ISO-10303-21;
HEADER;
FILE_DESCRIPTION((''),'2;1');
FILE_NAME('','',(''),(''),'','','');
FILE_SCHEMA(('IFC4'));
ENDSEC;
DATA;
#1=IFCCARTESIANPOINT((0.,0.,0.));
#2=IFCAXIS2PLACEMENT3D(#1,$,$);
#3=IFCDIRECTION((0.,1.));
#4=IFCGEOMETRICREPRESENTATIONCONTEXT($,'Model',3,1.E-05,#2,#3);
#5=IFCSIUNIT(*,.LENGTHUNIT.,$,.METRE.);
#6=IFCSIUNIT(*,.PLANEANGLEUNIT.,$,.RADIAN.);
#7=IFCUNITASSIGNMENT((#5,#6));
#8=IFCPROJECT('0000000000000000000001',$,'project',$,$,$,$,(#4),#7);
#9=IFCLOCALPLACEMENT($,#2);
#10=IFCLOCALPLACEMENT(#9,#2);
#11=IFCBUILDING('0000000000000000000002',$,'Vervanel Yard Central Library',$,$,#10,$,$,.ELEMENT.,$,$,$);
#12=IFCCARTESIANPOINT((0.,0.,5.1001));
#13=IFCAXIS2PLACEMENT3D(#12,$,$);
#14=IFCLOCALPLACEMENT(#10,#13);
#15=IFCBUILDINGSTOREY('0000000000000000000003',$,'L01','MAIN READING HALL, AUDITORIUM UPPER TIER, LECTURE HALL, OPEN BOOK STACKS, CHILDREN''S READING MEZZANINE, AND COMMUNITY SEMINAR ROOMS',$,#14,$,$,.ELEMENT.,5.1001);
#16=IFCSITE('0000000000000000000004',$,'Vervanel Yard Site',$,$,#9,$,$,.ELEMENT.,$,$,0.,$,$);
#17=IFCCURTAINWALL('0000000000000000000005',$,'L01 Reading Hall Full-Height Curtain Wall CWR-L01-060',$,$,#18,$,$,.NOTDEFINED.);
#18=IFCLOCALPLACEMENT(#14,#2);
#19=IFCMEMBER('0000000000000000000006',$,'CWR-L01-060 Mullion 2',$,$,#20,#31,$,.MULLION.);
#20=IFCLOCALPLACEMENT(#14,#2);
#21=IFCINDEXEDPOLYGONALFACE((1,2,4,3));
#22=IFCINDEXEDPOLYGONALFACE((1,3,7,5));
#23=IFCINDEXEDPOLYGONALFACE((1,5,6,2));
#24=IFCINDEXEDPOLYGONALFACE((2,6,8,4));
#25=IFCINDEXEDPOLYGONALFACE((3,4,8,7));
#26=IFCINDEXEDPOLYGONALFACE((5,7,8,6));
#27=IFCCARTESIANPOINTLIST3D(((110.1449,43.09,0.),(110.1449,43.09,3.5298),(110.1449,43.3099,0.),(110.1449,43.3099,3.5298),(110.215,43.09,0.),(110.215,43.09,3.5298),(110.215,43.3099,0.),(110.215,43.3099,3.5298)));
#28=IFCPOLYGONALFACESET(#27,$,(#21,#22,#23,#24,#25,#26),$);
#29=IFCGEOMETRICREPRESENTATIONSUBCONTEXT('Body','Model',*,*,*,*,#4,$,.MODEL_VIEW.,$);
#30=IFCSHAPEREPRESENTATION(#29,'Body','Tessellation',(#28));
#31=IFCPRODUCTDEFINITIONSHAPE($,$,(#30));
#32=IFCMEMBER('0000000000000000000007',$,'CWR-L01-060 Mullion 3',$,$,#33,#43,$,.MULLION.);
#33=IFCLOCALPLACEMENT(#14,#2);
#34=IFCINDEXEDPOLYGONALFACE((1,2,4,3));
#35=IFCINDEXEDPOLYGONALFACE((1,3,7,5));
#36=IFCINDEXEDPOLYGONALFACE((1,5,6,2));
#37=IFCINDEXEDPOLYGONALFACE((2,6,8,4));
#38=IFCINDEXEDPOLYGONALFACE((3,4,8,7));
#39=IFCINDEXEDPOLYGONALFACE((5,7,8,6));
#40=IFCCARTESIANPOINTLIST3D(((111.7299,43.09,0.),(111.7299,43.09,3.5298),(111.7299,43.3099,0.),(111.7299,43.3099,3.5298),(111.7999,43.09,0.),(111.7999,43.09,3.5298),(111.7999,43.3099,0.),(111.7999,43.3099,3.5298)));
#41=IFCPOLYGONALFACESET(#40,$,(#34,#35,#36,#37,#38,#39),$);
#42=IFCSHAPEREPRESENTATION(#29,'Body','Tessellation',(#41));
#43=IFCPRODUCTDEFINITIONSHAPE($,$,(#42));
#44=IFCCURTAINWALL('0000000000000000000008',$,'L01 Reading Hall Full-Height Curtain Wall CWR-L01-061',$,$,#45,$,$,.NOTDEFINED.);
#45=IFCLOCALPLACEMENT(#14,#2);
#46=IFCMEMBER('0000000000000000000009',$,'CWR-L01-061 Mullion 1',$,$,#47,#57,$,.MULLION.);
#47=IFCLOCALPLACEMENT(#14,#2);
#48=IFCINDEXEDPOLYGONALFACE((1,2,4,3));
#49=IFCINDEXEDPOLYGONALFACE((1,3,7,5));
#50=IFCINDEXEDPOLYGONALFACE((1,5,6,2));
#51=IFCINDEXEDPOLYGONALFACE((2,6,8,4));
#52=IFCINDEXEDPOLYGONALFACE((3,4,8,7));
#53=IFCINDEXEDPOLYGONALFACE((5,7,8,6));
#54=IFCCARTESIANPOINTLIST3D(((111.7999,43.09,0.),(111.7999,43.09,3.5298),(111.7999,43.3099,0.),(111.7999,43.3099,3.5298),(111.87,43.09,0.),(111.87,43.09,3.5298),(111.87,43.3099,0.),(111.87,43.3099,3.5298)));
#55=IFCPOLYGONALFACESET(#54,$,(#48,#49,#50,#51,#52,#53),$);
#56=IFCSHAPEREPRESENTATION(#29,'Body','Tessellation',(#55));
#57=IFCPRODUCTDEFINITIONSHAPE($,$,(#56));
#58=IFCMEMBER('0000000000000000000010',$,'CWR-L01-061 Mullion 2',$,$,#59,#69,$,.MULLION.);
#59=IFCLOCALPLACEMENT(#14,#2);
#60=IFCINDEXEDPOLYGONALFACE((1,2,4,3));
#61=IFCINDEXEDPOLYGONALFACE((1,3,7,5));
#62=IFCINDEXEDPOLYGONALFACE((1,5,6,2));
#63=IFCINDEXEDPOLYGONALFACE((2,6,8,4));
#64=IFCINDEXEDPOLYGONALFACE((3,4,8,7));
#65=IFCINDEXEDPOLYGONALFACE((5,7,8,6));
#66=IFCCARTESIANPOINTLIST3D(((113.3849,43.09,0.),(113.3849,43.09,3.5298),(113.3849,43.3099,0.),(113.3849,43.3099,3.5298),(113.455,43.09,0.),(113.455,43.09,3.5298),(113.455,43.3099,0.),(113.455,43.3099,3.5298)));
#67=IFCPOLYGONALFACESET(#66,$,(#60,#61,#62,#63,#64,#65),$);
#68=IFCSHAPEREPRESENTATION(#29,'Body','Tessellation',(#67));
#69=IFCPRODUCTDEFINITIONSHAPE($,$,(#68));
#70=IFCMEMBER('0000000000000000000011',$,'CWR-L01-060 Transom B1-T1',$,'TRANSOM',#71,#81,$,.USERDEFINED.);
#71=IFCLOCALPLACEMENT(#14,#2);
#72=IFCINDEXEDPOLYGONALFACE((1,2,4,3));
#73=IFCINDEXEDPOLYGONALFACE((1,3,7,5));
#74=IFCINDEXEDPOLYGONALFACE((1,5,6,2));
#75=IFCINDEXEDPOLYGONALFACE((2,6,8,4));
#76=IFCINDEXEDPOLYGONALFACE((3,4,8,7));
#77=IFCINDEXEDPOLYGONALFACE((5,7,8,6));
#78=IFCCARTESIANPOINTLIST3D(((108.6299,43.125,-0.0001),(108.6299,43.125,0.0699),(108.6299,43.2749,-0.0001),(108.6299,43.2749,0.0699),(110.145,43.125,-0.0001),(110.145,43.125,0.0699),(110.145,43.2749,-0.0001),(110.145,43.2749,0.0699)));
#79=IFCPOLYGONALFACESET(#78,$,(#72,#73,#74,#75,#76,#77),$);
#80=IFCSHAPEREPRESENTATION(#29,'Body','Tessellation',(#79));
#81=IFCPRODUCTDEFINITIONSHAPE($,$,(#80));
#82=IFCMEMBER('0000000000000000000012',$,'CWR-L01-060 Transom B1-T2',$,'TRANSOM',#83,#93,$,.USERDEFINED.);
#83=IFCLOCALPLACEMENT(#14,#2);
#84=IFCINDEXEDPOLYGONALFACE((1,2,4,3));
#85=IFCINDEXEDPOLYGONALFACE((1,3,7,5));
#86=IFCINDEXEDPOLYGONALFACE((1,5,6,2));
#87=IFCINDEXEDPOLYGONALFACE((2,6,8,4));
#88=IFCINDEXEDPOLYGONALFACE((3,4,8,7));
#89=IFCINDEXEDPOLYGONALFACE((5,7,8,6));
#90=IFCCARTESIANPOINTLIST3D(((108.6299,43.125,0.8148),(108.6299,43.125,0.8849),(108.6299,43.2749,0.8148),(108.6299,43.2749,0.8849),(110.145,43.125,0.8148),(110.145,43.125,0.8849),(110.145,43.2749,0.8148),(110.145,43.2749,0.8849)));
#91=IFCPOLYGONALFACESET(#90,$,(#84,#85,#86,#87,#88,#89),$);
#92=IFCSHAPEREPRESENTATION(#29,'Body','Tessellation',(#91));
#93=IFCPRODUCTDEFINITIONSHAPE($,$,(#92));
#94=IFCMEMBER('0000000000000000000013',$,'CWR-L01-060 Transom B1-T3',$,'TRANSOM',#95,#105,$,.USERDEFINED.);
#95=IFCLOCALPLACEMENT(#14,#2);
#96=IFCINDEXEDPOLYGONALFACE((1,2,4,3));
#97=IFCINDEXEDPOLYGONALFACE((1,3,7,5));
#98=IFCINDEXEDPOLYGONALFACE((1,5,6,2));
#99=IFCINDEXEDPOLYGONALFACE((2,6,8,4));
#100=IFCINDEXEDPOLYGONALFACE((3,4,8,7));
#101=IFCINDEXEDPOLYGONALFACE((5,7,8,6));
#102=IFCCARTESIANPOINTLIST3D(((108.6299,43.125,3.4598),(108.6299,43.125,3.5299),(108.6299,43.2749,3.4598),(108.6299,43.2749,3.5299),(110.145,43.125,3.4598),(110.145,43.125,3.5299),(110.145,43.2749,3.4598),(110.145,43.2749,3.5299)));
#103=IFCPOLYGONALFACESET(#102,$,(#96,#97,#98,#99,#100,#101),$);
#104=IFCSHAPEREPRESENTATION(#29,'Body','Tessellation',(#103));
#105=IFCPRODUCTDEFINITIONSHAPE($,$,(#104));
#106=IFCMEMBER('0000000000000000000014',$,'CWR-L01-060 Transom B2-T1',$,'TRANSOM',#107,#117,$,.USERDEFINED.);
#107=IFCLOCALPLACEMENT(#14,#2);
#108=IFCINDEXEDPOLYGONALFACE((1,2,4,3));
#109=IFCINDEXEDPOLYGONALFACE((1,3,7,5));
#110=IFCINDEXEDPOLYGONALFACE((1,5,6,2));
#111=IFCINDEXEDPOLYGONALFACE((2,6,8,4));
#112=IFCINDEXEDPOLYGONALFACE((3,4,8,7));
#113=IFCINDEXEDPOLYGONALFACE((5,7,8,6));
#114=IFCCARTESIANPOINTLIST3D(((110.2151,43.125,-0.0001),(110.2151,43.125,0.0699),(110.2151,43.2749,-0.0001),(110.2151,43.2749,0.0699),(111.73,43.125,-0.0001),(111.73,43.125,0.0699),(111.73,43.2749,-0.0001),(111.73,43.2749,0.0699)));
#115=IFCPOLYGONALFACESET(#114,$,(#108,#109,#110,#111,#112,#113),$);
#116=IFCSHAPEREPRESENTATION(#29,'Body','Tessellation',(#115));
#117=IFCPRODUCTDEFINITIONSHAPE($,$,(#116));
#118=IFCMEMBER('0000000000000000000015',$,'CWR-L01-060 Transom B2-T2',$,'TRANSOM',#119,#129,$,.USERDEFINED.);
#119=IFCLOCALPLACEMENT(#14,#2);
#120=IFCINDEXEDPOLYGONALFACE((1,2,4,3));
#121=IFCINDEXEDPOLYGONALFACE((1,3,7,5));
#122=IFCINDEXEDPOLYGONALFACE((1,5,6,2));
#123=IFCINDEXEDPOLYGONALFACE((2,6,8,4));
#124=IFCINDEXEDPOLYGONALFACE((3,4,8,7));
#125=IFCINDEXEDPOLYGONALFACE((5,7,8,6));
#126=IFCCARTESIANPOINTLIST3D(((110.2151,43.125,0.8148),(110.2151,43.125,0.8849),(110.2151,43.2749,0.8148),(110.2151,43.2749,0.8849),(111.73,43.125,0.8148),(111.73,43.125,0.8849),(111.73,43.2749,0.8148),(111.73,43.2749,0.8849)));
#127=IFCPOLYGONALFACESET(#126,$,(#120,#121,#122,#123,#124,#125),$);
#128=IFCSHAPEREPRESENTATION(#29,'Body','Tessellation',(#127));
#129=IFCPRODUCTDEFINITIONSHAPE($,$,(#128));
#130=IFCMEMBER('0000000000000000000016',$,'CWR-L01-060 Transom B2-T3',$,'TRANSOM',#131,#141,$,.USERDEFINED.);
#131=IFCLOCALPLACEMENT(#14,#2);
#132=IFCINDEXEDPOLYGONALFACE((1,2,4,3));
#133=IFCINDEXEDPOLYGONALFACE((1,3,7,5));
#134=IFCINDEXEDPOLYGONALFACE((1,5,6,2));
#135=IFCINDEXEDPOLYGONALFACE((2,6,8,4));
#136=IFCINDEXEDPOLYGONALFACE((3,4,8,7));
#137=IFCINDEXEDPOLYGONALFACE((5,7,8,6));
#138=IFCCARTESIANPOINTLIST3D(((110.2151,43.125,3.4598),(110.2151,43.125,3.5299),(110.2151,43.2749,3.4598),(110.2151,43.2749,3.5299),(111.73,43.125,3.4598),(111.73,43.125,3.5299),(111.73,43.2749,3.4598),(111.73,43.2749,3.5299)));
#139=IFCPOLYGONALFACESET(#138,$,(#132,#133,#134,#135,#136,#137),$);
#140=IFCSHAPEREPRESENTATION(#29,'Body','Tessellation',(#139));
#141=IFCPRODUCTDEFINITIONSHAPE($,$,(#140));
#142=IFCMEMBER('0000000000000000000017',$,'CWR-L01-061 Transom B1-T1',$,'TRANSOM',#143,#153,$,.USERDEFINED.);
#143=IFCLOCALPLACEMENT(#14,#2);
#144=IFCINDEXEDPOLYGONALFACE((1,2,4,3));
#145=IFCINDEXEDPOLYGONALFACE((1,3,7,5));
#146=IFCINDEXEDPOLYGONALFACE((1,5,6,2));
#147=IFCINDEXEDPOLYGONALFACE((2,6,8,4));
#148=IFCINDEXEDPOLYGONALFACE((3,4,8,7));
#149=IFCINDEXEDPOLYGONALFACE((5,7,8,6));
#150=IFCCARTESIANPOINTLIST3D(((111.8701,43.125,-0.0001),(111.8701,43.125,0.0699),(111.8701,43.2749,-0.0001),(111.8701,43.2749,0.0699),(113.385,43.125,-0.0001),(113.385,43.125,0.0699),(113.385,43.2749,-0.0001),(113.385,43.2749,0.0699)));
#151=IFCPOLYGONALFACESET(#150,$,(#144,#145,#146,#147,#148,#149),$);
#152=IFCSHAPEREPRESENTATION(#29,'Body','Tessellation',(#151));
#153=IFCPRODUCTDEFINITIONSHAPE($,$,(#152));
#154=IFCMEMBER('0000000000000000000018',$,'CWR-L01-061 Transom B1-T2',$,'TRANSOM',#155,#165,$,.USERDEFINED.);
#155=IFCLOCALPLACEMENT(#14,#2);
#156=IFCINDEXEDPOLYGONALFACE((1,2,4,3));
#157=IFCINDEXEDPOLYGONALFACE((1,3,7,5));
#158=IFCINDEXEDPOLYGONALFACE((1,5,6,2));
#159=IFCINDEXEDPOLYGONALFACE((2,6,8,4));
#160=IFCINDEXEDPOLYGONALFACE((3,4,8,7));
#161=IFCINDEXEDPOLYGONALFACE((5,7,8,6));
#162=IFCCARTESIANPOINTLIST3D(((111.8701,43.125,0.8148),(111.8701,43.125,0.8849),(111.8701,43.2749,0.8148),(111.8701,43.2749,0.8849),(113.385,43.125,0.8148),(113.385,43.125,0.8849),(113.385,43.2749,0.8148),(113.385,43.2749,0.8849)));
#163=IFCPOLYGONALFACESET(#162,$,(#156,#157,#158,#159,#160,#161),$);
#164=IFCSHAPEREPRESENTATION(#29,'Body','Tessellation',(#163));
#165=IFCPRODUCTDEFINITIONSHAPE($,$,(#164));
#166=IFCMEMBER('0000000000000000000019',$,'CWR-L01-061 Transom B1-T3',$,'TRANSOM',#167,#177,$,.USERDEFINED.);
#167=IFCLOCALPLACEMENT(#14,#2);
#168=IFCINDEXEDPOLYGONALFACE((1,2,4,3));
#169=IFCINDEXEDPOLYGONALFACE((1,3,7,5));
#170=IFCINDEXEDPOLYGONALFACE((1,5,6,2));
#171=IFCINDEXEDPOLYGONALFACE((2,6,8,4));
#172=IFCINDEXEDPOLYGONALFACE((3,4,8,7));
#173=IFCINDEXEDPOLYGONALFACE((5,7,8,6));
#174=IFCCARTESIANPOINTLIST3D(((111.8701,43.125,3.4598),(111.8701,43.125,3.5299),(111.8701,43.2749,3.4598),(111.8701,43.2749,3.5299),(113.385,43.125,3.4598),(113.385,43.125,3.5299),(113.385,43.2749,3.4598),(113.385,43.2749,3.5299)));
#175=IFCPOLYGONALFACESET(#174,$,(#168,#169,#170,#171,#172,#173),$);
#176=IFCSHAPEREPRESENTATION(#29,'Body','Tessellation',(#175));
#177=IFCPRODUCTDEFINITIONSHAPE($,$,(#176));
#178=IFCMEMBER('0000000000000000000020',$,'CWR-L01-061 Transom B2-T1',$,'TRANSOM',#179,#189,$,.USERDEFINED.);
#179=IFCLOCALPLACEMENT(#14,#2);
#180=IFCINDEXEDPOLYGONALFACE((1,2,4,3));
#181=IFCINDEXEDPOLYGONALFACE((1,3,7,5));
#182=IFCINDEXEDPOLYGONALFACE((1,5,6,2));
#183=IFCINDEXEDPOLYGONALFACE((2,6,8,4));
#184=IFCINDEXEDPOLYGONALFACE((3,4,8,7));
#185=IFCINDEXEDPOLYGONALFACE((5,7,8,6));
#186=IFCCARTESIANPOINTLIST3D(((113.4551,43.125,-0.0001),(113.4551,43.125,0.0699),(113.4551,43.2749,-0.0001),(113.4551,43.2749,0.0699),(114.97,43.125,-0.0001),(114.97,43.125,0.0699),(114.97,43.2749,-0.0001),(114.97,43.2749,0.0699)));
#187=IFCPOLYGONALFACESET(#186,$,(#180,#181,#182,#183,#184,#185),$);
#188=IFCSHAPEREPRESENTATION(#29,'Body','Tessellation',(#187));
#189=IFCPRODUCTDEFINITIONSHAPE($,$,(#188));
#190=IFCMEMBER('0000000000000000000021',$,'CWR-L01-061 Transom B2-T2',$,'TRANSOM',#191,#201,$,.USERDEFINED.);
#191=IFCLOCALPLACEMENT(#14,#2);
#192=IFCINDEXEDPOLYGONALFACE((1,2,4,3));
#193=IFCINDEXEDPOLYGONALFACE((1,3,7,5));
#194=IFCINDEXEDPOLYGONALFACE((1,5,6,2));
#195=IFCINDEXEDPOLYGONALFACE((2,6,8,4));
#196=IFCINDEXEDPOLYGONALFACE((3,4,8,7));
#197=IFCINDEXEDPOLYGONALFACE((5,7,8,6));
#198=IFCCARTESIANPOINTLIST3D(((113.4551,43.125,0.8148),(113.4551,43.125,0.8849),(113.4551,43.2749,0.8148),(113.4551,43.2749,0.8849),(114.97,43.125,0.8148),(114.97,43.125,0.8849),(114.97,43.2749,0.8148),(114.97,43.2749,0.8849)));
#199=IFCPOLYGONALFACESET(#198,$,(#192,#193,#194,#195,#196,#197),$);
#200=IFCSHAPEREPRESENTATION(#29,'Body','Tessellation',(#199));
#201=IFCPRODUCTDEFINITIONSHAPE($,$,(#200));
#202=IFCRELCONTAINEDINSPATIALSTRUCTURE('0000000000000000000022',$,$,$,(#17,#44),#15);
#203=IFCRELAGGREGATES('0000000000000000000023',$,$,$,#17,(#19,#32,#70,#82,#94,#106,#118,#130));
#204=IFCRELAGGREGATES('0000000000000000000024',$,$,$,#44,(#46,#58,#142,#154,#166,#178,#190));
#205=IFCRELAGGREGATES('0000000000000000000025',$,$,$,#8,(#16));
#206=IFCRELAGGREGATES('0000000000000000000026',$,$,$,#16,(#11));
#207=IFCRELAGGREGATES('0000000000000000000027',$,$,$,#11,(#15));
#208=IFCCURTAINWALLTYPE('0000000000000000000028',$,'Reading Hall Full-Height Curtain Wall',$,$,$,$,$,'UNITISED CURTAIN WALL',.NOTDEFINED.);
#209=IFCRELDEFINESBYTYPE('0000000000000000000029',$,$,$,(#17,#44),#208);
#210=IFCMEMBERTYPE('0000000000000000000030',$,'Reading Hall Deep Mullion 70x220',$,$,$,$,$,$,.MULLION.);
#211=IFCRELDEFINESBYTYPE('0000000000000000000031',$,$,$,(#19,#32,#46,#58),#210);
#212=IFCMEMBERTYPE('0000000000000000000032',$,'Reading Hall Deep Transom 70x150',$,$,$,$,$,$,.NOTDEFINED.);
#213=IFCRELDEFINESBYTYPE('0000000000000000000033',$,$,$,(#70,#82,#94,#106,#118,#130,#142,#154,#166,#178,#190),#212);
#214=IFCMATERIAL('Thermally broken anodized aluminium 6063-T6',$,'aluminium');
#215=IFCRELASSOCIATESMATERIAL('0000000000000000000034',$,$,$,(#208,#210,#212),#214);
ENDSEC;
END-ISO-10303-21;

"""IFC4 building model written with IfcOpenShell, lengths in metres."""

from ifc_helpers import new_model, si_unit, direction, frame, origin, origin_2d, place, context, subcontext, project, spatial, rectangle, extrude, material, material_profile, profile_set, type_object, element, aggregate, save


model = new_model("IFC4")

# Units and contexts
model_context = context("Model", 3, precision=1e-05, world=origin(), true_north=direction((0.0, 1.0)))
body_context = subcontext(model_context, "Body", "Model", "MODEL_VIEW")
ifc_project = project(units=[si_unit("LENGTHUNIT", "METRE"), si_unit("PLANEANGLEUNIT", "RADIAN")], contexts=[model_context])

# Site, building, storey
site_placement = place(None, origin())
site = spatial("IfcSite", under=ifc_project, at=site_placement, Name="Vervanel Yard Site", CompositionType="ELEMENT", RefElevation=0.0)
building_placement = place(site_placement, origin())
building = spatial("IfcBuilding", under=site, at=building_placement, Name="Vervanel Yard Central Library", CompositionType="ELEMENT")
storey_placement = place(building_placement, frame((0.0, 0.0, 5.1001)))
storey = spatial("IfcBuildingStorey", under=building, at=storey_placement, Name="L01", Description="MAIN READING HALL, AUDITORIUM UPPER TIER, LECTURE HALL, OPEN BOOK STACKS, CHILDREN'S READING MEZZANINE, AND COMMUNITY SEMINAR ROOMS", CompositionType="ELEMENT", Elevation=5.1001)

# Curtain walls, members
ifc_material_1 = material(Name="Thermally broken anodized aluminium 6063-T6", Category="aluminium")
curtain_wall_type = type_object("IfcCurtainWallType", Name="Reading Hall Full-Height Curtain Wall", ElementType="UNITISED CURTAIN WALL", PredefinedType="NOTDEFINED", material=ifc_material_1)
curtain_wall_1_placement = place(storey_placement, origin())
curtain_wall_1 = element("IfcCurtainWall", 1, at=curtain_wall_1_placement, inside=storey, type_object=curtain_wall_type, Name="L01 Reading Hall Full-Height Curtain Wall CWR-L01-060", PredefinedType="NOTDEFINED")
ifc_material_profile_1 = material_profile(ifc_material_1, rectangle(XDim=0.0701, YDim=0.22, at=origin_2d()), Name="ALU 70x220", Category="aluminium")
ifc_profile_set_1 = profile_set([ifc_material_profile_1], Name="Thermally broken anodized aluminium 6063-T6")
member_type_1 = type_object("IfcMemberType", Name="Reading Hall Deep Mullion 70x220", PredefinedType="MULLION", material=ifc_profile_set_1)
member_1_placement = place(storey_placement, frame((110.1799, 43.2, 0.0), z_axis=(0.0, 0.0, 1.0), x_axis=(1.0, 0.0, 0.0)))
member_1 = element("IfcMember", 2, at=member_1_placement, type_object=member_type_1, Name="CWR-L01-060 Mullion 2", PredefinedType="MULLION", context=body_context, shape_type="SweptSolid", body=[
    extrude(rectangle(XDim=0.0701, YDim=0.22, at=origin_2d()), origin(), (0.0, 0.0, 1.0), 3.5298),
])
member_2_placement = place(storey_placement, frame((111.7649, 43.2, 0.0), z_axis=(0.0, 0.0, 1.0), x_axis=(1.0, 0.0, 0.0)))
member_2 = element("IfcMember", 3, at=member_2_placement, type_object=member_type_1, Name="CWR-L01-060 Mullion 3", PredefinedType="MULLION", context=body_context, shape_type="SweptSolid", body=[
    extrude(rectangle(XDim=0.0701, YDim=0.22, at=origin_2d()), origin(), (0.0, 0.0, 1.0), 3.5298),
])
curtain_wall_2_placement = place(storey_placement, origin())
curtain_wall_2 = element("IfcCurtainWall", 4, at=curtain_wall_2_placement, inside=storey, type_object=curtain_wall_type, Name="L01 Reading Hall Full-Height Curtain Wall CWR-L01-061", PredefinedType="NOTDEFINED")
member_3_placement = place(storey_placement, frame((111.835, 43.2, 0.0), z_axis=(0.0, 0.0, 1.0), x_axis=(1.0, 0.0, 0.0)))
member_3 = element("IfcMember", 5, at=member_3_placement, type_object=member_type_1, Name="CWR-L01-061 Mullion 1", PredefinedType="MULLION", context=body_context, shape_type="SweptSolid", body=[
    extrude(rectangle(XDim=0.0701, YDim=0.22, at=origin_2d()), origin(), (0.0, 0.0, 1.0), 3.5298),
])
member_4_placement = place(storey_placement, frame((113.4199, 43.2, 0.0), z_axis=(0.0, 0.0, 1.0), x_axis=(1.0, 0.0, 0.0)))
member_4 = element("IfcMember", 6, at=member_4_placement, type_object=member_type_1, Name="CWR-L01-061 Mullion 2", PredefinedType="MULLION", context=body_context, shape_type="SweptSolid", body=[
    extrude(rectangle(XDim=0.0701, YDim=0.22, at=origin_2d()), origin(), (0.0, 0.0, 1.0), 3.5298),
])

# Members
ifc_material_profile_2 = material_profile(ifc_material_1, rectangle(XDim=0.0701, YDim=0.1499, at=origin_2d()), Name="ALU 70x150", Category="aluminium")
ifc_profile_set_2 = profile_set([ifc_material_profile_2], Name="Thermally broken anodized aluminium 6063-T6")
member_type_2 = type_object("IfcMemberType", Name="Reading Hall Deep Transom 70x150", PredefinedType="NOTDEFINED", material=ifc_profile_set_2)
member_5_placement = place(storey_placement, frame((108.6299, 43.2, 0.0349), z_axis=(1.0, 0.0, 0.0), x_axis=(0.0, 0.0, 1.0)))
member_5 = element("IfcMember", 7, at=member_5_placement, type_object=member_type_2, Name="CWR-L01-060 Transom B1-T1", ObjectType="TRANSOM", PredefinedType="USERDEFINED", context=body_context, shape_type="SweptSolid", body=[
    extrude(rectangle(XDim=0.0701, YDim=0.1499, at=origin_2d()), origin(), (0.0, 0.0, 1.0), 1.5151),
])
member_6_placement = place(storey_placement, frame((108.6299, 43.2, 0.8499), z_axis=(1.0, 0.0, 0.0), x_axis=(0.0, 0.0, 1.0)))
member_6 = element("IfcMember", 8, at=member_6_placement, type_object=member_type_2, Name="CWR-L01-060 Transom B1-T2", ObjectType="TRANSOM", PredefinedType="USERDEFINED", context=body_context, shape_type="SweptSolid", body=[
    extrude(rectangle(XDim=0.0701, YDim=0.1499, at=origin_2d()), origin(), (0.0, 0.0, 1.0), 1.5151),
])
member_7_placement = place(storey_placement, frame((108.6299, 43.2, 3.4949), z_axis=(1.0, 0.0, 0.0), x_axis=(0.0, 0.0, 1.0)))
member_7 = element("IfcMember", 9, at=member_7_placement, type_object=member_type_2, Name="CWR-L01-060 Transom B1-T3", ObjectType="TRANSOM", PredefinedType="USERDEFINED", context=body_context, shape_type="SweptSolid", body=[
    extrude(rectangle(XDim=0.0701, YDim=0.1499, at=origin_2d()), origin(), (0.0, 0.0, 1.0), 1.5151),
])
member_8_placement = place(storey_placement, frame((110.2151, 43.2, 0.0349), z_axis=(1.0, 0.0, 0.0), x_axis=(0.0, 0.0, 1.0)))
member_8 = element("IfcMember", 10, at=member_8_placement, type_object=member_type_2, Name="CWR-L01-060 Transom B2-T1", ObjectType="TRANSOM", PredefinedType="USERDEFINED", context=body_context, shape_type="SweptSolid", body=[
    extrude(rectangle(XDim=0.0701, YDim=0.1499, at=origin_2d()), origin(), (0.0, 0.0, 1.0), 1.5149),
])
member_9_placement = place(storey_placement, frame((110.2151, 43.2, 0.8499), z_axis=(1.0, 0.0, 0.0), x_axis=(0.0, 0.0, 1.0)))
member_9 = element("IfcMember", 11, at=member_9_placement, type_object=member_type_2, Name="CWR-L01-060 Transom B2-T2", ObjectType="TRANSOM", PredefinedType="USERDEFINED", context=body_context, shape_type="SweptSolid", body=[
    extrude(rectangle(XDim=0.0701, YDim=0.1499, at=origin_2d()), origin(), (0.0, 0.0, 1.0), 1.5149),
])
member_10_placement = place(storey_placement, frame((110.2151, 43.2, 3.4949), z_axis=(1.0, 0.0, 0.0), x_axis=(0.0, 0.0, 1.0)))
member_10 = element("IfcMember", 12, at=member_10_placement, type_object=member_type_2, Name="CWR-L01-060 Transom B2-T3", ObjectType="TRANSOM", PredefinedType="USERDEFINED", context=body_context, shape_type="SweptSolid", body=[
    extrude(rectangle(XDim=0.0701, YDim=0.1499, at=origin_2d()), origin(), (0.0, 0.0, 1.0), 1.5149),
])
member_11_placement = place(storey_placement, frame((111.8701, 43.2, 0.0349), z_axis=(1.0, 0.0, 0.0), x_axis=(0.0, 0.0, 1.0)))
member_11 = element("IfcMember", 13, at=member_11_placement, type_object=member_type_2, Name="CWR-L01-061 Transom B1-T1", ObjectType="TRANSOM", PredefinedType="USERDEFINED", context=body_context, shape_type="SweptSolid", body=[
    extrude(rectangle(XDim=0.0701, YDim=0.1499, at=origin_2d()), origin(), (0.0, 0.0, 1.0), 1.5149),
])
member_12_placement = place(storey_placement, frame((111.8701, 43.2, 0.8499), z_axis=(1.0, 0.0, 0.0), x_axis=(0.0, 0.0, 1.0)))
member_12 = element("IfcMember", 14, at=member_12_placement, type_object=member_type_2, Name="CWR-L01-061 Transom B1-T2", ObjectType="TRANSOM", PredefinedType="USERDEFINED", context=body_context, shape_type="SweptSolid", body=[
    extrude(rectangle(XDim=0.0701, YDim=0.1499, at=origin_2d()), origin(), (0.0, 0.0, 1.0), 1.5149),
])
member_13_placement = place(storey_placement, frame((111.8701, 43.2, 3.4949), z_axis=(1.0, 0.0, 0.0), x_axis=(0.0, 0.0, 1.0)))
member_13 = element("IfcMember", 15, at=member_13_placement, type_object=member_type_2, Name="CWR-L01-061 Transom B1-T3", ObjectType="TRANSOM", PredefinedType="USERDEFINED", context=body_context, shape_type="SweptSolid", body=[
    extrude(rectangle(XDim=0.0701, YDim=0.1499, at=origin_2d()), origin(), (0.0, 0.0, 1.0), 1.5149),
])
member_14_placement = place(storey_placement, frame((113.4551, 43.2, 0.0349), z_axis=(1.0, 0.0, 0.0), x_axis=(0.0, 0.0, 1.0)))
member_14 = element("IfcMember", 16, at=member_14_placement, type_object=member_type_2, Name="CWR-L01-061 Transom B2-T1", ObjectType="TRANSOM", PredefinedType="USERDEFINED", context=body_context, shape_type="SweptSolid", body=[
    extrude(rectangle(XDim=0.0701, YDim=0.1499, at=origin_2d()), origin(), (0.0, 0.0, 1.0), 1.5149),
])
member_15_placement = place(storey_placement, frame((113.4551, 43.2, 0.8499), z_axis=(1.0, 0.0, 0.0), x_axis=(0.0, 0.0, 1.0)))
member_15 = element("IfcMember", 17, at=member_15_placement, type_object=member_type_2, Name="CWR-L01-061 Transom B2-T2", ObjectType="TRANSOM", PredefinedType="USERDEFINED", context=body_context, shape_type="SweptSolid", body=[
    extrude(rectangle(XDim=0.0701, YDim=0.1499, at=origin_2d()), origin(), (0.0, 0.0, 1.0), 1.5149),
])

aggregate(curtain_wall_1, [member_1, member_2, member_5, member_6, member_7, member_8, member_9, member_10])
aggregate(curtain_wall_2, [member_3, member_4, member_11, member_12, member_13, member_14, member_15])

save(model, "model.ifc")
